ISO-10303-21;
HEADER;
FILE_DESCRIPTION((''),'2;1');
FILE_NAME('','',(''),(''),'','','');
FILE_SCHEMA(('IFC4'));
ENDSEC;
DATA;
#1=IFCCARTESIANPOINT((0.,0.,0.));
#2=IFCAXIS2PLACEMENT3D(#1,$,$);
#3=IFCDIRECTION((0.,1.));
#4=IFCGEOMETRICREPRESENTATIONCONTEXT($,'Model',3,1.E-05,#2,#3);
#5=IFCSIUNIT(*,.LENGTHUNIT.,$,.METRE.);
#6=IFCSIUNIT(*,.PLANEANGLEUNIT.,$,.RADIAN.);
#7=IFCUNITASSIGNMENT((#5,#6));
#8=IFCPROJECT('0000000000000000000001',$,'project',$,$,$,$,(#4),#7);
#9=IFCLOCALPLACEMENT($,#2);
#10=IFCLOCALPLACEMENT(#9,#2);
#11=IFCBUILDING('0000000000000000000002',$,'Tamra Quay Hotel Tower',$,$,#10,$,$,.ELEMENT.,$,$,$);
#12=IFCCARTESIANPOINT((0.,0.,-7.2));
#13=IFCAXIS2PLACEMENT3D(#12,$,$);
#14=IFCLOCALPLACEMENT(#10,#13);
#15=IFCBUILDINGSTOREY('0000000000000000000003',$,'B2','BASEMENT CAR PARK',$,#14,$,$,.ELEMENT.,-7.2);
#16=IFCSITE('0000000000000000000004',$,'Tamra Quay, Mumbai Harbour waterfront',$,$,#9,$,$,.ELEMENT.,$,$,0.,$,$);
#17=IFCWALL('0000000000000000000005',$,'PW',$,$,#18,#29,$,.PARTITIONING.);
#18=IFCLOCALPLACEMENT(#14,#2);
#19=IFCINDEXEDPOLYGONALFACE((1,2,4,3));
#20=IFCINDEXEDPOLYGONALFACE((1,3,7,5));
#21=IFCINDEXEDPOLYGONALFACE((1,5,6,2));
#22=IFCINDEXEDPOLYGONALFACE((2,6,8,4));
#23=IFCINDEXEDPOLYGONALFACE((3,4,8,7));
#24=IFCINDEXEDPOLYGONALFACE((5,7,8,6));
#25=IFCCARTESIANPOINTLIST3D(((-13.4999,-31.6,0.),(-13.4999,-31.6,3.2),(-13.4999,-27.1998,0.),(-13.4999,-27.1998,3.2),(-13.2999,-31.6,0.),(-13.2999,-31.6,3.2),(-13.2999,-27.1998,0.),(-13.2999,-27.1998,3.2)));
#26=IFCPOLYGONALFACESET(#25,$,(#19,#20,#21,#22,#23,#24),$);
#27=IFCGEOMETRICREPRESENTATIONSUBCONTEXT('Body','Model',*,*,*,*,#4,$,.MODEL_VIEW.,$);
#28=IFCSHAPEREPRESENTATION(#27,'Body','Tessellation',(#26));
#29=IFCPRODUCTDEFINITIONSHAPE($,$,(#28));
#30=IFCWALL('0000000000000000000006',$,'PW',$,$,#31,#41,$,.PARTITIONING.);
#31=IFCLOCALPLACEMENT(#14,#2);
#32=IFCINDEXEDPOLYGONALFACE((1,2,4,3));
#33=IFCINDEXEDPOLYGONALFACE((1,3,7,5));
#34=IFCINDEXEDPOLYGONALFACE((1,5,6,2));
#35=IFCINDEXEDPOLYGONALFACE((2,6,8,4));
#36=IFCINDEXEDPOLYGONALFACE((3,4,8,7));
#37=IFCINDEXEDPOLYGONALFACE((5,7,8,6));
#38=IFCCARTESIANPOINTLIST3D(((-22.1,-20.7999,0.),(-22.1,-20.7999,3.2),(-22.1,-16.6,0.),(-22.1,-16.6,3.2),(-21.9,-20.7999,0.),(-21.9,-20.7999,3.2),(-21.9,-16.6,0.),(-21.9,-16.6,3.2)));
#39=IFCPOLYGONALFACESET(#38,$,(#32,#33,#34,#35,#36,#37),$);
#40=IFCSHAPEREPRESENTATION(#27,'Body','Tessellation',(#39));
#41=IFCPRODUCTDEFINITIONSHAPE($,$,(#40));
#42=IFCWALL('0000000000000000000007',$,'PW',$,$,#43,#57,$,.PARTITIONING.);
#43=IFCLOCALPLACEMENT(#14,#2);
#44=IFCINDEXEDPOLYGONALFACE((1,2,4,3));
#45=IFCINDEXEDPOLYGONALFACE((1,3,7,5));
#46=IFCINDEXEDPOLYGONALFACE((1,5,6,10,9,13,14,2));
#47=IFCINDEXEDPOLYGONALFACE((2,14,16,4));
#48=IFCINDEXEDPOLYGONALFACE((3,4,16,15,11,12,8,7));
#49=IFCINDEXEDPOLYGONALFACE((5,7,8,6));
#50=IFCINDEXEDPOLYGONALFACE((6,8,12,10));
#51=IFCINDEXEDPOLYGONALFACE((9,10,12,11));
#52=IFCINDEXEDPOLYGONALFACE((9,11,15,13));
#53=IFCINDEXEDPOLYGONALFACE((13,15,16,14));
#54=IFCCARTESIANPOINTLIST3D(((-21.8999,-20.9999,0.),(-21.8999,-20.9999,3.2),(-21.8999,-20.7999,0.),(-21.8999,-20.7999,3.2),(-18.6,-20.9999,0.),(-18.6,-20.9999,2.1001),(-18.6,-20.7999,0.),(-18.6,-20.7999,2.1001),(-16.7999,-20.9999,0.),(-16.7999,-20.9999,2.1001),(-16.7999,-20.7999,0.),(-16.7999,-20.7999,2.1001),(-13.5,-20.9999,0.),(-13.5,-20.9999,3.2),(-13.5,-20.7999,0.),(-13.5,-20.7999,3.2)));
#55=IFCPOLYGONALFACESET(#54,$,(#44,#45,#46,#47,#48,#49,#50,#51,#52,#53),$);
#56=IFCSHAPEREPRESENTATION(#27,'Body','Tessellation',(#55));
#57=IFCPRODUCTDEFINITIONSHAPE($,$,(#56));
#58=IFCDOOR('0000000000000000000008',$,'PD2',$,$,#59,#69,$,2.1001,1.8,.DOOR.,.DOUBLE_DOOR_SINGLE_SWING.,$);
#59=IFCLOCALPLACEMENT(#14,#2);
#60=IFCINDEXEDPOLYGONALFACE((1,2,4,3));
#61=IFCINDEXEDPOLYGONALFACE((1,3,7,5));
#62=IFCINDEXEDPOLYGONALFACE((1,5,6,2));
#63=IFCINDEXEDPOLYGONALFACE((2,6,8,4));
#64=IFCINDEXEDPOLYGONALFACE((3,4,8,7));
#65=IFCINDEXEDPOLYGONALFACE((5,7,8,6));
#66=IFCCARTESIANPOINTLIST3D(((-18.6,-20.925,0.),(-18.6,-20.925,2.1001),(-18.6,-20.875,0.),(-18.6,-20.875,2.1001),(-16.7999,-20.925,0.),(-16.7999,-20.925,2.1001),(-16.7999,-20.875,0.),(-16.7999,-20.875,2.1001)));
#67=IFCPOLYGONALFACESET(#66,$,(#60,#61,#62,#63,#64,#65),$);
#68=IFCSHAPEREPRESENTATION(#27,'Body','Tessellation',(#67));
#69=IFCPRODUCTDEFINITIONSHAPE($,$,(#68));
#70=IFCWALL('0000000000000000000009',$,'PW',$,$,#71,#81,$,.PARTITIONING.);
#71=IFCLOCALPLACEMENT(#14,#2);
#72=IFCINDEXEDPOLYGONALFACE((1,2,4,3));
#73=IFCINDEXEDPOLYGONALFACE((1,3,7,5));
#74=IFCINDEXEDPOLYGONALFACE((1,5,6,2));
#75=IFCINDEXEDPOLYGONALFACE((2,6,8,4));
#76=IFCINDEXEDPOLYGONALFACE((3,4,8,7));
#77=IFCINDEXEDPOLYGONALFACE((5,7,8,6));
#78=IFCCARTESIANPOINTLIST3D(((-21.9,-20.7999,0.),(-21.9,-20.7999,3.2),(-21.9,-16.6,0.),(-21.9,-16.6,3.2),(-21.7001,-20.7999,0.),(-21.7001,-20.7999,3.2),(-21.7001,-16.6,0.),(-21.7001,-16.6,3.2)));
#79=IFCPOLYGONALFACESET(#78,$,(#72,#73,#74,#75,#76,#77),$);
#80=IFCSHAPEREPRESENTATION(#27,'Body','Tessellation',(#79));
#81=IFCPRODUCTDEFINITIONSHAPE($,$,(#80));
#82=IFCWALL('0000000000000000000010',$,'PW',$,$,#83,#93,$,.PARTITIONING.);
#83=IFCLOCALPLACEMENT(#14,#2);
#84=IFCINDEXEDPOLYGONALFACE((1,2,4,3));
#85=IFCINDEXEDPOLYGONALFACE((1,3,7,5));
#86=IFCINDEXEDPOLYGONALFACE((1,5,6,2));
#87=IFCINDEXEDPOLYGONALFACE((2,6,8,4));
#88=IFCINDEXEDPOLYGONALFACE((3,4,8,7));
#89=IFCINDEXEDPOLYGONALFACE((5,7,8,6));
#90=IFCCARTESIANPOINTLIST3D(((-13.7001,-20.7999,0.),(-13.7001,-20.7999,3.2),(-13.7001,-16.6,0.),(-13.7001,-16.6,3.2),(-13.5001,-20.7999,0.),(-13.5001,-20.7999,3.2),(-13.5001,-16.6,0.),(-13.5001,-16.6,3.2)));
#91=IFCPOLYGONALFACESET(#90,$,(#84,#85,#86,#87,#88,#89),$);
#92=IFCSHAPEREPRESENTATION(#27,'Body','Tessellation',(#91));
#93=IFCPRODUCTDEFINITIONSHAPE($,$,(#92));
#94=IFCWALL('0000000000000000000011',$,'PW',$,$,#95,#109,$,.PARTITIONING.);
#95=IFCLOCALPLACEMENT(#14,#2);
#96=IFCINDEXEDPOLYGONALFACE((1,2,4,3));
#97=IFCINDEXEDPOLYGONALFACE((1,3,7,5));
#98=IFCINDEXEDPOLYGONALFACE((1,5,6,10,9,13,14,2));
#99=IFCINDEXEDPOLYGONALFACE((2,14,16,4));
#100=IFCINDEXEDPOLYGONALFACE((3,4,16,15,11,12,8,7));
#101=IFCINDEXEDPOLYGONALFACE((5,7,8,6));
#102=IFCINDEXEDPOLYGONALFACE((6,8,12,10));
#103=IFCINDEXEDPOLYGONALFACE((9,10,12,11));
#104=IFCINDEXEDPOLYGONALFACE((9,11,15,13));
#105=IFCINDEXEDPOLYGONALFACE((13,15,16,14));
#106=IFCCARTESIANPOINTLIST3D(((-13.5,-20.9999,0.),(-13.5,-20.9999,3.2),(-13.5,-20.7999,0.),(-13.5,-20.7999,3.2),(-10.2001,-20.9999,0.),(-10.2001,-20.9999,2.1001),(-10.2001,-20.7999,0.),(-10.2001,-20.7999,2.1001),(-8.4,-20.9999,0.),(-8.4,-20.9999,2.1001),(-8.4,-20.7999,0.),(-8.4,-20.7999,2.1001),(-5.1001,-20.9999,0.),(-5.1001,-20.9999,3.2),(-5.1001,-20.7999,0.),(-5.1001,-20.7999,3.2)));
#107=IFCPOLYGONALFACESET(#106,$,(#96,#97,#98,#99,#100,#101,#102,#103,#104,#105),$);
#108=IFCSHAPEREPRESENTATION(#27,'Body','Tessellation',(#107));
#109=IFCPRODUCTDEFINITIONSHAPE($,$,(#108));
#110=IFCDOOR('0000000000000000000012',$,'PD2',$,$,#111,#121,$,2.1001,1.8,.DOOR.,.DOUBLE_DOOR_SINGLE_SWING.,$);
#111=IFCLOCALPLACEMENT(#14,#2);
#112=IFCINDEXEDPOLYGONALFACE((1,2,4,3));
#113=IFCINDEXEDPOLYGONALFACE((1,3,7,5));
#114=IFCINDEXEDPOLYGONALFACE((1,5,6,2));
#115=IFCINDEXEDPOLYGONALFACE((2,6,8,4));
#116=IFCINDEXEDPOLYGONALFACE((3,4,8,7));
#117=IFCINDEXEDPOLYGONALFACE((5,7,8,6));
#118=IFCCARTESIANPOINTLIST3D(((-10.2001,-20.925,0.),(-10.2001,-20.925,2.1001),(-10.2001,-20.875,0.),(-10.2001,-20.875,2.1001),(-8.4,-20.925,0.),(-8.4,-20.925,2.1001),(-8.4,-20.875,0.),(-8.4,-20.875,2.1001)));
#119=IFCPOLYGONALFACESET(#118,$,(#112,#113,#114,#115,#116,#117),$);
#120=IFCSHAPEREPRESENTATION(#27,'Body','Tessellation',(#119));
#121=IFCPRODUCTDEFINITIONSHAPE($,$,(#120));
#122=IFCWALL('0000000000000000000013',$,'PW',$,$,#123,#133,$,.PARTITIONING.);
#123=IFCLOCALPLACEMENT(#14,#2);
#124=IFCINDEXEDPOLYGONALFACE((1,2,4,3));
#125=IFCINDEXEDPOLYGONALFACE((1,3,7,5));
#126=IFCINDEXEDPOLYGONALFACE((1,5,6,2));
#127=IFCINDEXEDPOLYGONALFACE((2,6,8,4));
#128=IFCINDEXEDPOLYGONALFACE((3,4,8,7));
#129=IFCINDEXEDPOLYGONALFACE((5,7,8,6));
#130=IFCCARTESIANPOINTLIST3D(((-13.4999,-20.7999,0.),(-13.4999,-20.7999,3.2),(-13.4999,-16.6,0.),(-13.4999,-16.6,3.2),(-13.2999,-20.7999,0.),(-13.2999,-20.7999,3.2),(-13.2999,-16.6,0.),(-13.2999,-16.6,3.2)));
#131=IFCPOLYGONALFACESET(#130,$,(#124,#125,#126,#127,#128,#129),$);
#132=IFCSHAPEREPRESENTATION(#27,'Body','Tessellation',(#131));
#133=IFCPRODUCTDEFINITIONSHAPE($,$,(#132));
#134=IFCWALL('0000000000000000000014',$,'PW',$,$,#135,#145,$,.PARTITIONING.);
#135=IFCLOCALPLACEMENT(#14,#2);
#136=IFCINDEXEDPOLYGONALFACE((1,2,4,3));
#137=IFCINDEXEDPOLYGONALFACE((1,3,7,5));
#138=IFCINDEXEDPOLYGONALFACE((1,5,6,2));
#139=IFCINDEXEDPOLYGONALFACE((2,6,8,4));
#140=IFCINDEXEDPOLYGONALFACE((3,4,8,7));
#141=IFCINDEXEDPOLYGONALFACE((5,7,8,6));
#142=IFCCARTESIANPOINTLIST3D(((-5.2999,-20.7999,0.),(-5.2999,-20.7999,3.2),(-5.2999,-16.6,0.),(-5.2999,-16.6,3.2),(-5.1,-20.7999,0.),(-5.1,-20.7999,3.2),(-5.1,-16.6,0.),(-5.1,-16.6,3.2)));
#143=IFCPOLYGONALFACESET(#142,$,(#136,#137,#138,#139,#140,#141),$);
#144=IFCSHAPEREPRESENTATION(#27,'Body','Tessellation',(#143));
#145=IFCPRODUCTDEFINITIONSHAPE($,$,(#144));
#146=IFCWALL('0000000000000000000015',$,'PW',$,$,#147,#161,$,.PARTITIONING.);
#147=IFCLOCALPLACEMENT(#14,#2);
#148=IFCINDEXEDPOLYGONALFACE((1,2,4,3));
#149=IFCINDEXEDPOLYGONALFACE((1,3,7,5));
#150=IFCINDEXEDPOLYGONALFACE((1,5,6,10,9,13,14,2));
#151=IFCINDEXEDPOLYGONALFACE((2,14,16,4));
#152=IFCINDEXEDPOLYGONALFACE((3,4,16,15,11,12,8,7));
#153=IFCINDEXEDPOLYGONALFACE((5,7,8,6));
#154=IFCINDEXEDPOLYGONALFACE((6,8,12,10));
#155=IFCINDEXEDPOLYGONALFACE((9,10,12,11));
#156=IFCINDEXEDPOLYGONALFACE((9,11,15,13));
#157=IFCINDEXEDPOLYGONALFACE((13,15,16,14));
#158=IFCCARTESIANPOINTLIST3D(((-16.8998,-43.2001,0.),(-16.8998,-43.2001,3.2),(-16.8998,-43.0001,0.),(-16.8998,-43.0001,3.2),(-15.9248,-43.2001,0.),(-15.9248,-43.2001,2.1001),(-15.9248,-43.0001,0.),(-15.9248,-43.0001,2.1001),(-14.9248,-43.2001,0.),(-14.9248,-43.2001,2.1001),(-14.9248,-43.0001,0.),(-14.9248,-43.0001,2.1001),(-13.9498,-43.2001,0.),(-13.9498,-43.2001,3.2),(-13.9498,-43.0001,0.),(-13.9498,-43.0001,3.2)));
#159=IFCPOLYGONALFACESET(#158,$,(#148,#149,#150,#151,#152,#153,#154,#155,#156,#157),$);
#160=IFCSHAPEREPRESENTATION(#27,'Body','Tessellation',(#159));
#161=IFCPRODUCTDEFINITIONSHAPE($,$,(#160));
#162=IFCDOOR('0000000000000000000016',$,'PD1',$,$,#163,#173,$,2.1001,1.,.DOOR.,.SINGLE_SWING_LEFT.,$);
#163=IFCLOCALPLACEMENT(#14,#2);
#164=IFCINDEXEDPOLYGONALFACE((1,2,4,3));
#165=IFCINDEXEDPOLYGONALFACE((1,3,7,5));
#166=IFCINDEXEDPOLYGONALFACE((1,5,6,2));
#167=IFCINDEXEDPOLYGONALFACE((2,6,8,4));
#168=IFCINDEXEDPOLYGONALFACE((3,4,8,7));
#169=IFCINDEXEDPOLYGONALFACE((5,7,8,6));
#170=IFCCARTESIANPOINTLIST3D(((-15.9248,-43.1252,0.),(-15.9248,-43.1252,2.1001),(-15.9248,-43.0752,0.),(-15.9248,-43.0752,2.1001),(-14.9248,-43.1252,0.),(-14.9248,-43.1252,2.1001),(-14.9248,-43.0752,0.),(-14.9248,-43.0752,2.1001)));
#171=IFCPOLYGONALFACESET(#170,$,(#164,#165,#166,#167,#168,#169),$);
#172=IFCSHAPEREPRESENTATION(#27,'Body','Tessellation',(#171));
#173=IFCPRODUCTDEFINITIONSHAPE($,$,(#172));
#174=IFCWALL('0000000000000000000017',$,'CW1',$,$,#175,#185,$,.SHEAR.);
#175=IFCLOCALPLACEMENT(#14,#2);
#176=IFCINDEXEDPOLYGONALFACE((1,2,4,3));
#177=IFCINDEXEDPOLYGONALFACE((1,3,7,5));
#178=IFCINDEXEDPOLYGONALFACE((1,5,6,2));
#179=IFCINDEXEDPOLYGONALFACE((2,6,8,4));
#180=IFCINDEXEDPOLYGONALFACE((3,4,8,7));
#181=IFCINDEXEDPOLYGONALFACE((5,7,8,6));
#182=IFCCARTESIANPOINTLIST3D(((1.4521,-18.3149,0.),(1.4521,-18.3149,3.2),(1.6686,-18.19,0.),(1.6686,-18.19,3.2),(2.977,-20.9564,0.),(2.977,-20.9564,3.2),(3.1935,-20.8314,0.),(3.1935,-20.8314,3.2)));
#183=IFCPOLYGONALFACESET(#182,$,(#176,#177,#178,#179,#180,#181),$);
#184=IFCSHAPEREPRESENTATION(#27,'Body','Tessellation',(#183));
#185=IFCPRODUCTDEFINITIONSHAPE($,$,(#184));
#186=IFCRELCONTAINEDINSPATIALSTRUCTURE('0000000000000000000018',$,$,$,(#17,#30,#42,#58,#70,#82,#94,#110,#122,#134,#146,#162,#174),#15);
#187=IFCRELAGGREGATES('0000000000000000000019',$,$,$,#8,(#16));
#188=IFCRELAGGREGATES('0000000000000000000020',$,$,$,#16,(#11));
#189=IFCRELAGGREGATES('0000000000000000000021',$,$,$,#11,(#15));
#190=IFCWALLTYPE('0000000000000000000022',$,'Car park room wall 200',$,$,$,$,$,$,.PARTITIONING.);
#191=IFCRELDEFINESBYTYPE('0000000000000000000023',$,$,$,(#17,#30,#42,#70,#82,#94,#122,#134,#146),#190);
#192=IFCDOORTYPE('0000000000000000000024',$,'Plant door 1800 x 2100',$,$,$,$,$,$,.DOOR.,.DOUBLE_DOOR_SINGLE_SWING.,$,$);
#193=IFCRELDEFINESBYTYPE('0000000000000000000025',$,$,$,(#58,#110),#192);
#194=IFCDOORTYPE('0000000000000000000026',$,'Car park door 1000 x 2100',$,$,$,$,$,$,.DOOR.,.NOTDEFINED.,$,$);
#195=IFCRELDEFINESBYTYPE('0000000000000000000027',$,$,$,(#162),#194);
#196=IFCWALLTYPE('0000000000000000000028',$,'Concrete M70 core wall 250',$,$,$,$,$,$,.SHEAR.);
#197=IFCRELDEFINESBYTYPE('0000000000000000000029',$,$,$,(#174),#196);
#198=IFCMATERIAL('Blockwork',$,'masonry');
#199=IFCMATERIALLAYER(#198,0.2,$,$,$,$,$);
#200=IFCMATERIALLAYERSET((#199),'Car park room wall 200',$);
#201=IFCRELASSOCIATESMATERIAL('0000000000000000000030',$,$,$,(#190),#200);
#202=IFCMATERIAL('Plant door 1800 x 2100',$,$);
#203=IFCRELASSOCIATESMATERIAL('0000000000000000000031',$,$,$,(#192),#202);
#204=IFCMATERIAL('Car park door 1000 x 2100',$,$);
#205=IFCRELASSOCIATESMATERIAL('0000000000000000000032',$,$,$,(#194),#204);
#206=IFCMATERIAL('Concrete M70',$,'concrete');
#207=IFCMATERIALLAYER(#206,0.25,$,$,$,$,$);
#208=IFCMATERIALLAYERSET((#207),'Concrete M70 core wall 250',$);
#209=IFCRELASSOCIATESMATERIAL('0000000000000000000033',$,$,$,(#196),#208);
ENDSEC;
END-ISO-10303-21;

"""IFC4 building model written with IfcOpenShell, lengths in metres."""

from ifc_helpers import new_model, si_unit, direction, frame, frame_2d, origin, place, context, subcontext, project, spatial, rectangle, extrude, material, layer, layer_set, type_object, element, fill, save


model = new_model("IFC4")

# Units and contexts
model_context = context("Model", 3, precision=1e-05, world=origin(), true_north=direction((0.0, 1.0)))
body_context = subcontext(model_context, "Body", "Model", "MODEL_VIEW")
ifc_project = project(units=[si_unit("LENGTHUNIT", "METRE"), si_unit("PLANEANGLEUNIT", "RADIAN")], contexts=[model_context])

# Site, building, storey
site_placement = place(None, origin())
site = spatial("IfcSite", under=ifc_project, at=site_placement, Name="Tamra Quay, Mumbai Harbour waterfront", CompositionType="ELEMENT", RefElevation=0.0)
building_placement = place(site_placement, origin())
building = spatial("IfcBuilding", under=site, at=building_placement, Name="Tamra Quay Hotel Tower", CompositionType="ELEMENT")
storey_placement = place(building_placement, frame((0.0, 0.0, -7.2)))
storey = spatial("IfcBuildingStorey", under=building, at=storey_placement, Name="B2", Description="BASEMENT CAR PARK", CompositionType="ELEMENT", Elevation=-7.2)

# Shared definitions
ifc_material_1 = material(Name="Concrete M70", Category="concrete")

# Shared definitions
ifc_material_2 = material(Name="Blockwork", Category="masonry")
ifc_layer_1 = layer(ifc_material_2, 0.2)
ifc_layer_set_1 = layer_set([ifc_layer_1], Name="Car park room wall 200")
wall_type_1 = type_object("IfcWallType", Name="Car park room wall 200", PredefinedType="PARTITIONING", material=ifc_layer_set_1)

# Shared definitions
ifc_material_3 = material(Name="Plant door 1800 x 2100")
door_type_1 = type_object("IfcDoorType", Name="Plant door 1800 x 2100", OperationType="DOUBLE_DOOR_SINGLE_SWING", PredefinedType="DOOR", material=ifc_material_3)

# Walls
wall_1_placement = place(storey_placement, frame((-13.3999, -31.6001, 0.0), z_axis=(0.0, 0.0, 1.0), x_axis=(0.0, 1.0, 0.0)))
element("IfcWall", 1, at=wall_1_placement, inside=storey, type_object=wall_type_1, Name="PW", PredefinedType="PARTITIONING", context=body_context, shape_type="SweptSolid", body=[
    extrude(rectangle(XDim=4.4001, YDim=0.2, at=frame_2d((2.2002, 0.0))), origin(), (0.0, 0.0, 1.0), 3.2),
])
wall_2_placement = place(storey_placement, frame((-22.0, -20.8, 0.0), z_axis=(0.0, 0.0, 1.0), x_axis=(0.0, 1.0, 0.0)))
element("IfcWall", 2, at=wall_2_placement, inside=storey, type_object=wall_type_1, Name="PW", PredefinedType="PARTITIONING", context=body_context, shape_type="SweptSolid", body=[
    extrude(rectangle(XDim=4.2, YDim=0.2, at=frame_2d((2.1001, 0.0))), origin(), (0.0, 0.0, 1.0), 3.2),
])

# Wall, opening, door
wall_3_placement = place(storey_placement, frame((-21.8999, -20.8999, 0.0), z_axis=(0.0, 0.0, 1.0), x_axis=(1.0, 0.0, 0.0)))
wall_3 = element("IfcWall", 3, at=wall_3_placement, inside=storey, type_object=wall_type_1, Name="PW", PredefinedType="PARTITIONING", context=body_context, shape_type="SweptSolid", body=[
    extrude(rectangle(XDim=8.3999, YDim=0.2, at=frame_2d((4.2, 0.0))), origin(), (0.0, 0.0, 1.0), 3.2),
])
opening_1_placement = place(wall_3_placement, frame((3.3, 0.0, 0.0)))
opening_1 = element("IfcOpeningElement", 4, at=opening_1_placement, cuts=wall_3, PredefinedType="OPENING", context=body_context, shape_type="SweptSolid", body=[
    extrude(rectangle(XDim=1.8, YDim=2.1001, at=frame_2d((0.8999, 1.05))), frame((0.0, 0.1099, 0.0), z_axis=(0.0, -1.0, 0.0), x_axis=(1.0, 0.0, 0.0)), (0.0, 0.0, 1.0), 0.22),
])
door_1_placement = place(opening_1_placement, origin())
door_1 = element("IfcDoor", 5, at=door_1_placement, inside=storey, type_object=door_type_1, Name="PD2", OperationType="DOUBLE_DOOR_SINGLE_SWING", OverallHeight=2.1001, OverallWidth=1.8, PredefinedType="DOOR", context=body_context, shape_type="SweptSolid", body=[
    extrude(rectangle(XDim=1.8, YDim=2.1001, at=frame_2d((0.8999, 1.05))), frame((0.0, 0.0249, 0.0), z_axis=(0.0, -1.0, 0.0), x_axis=(1.0, 0.0, 0.0)), (0.0, 0.0, 1.0), 0.05),
])
fill(opening_1, door_1)

# Walls
for number, where, z_axis, x_axis, name in (
    (6, (-21.8, -20.8, 0.0), (0.0, 0.0, 1.0), (0.0, 1.0, 0.0), "PW"),
    (7, (-13.6001, -20.8, 0.0), (0.0, 0.0, 1.0), (0.0, 1.0, 0.0), "PW"),
):
    element("IfcWall", number, at=place(storey_placement, frame(where, z_axis=z_axis, x_axis=x_axis)), inside=storey, type_object=wall_type_1, Name=name, PredefinedType="PARTITIONING", context=body_context, shape_type="SweptSolid", body=[
        extrude(rectangle(XDim=4.2, YDim=0.2, at=frame_2d((2.1001, 0.0))), origin(), (0.0, 0.0, 1.0), 3.2),
    ])

# Wall, opening, door
wall_4_placement = place(storey_placement, frame((-13.5, -20.8999, 0.0), z_axis=(0.0, 0.0, 1.0), x_axis=(1.0, 0.0, 0.0)))
wall_4 = element("IfcWall", 8, at=wall_4_placement, inside=storey, type_object=wall_type_1, Name="PW", PredefinedType="PARTITIONING", context=body_context, shape_type="SweptSolid", body=[
    extrude(rectangle(XDim=8.3999, YDim=0.2, at=frame_2d((4.2, 0.0))), origin(), (0.0, 0.0, 1.0), 3.2),
])
opening_2_placement = place(wall_4_placement, frame((3.3, 0.0, 0.0)))
opening_2 = element("IfcOpeningElement", 9, at=opening_2_placement, cuts=wall_4, PredefinedType="OPENING", context=body_context, shape_type="SweptSolid", body=[
    extrude(rectangle(XDim=1.8, YDim=2.1001, at=frame_2d((0.8999, 1.05))), frame((0.0, 0.1099, 0.0), z_axis=(0.0, -1.0, 0.0), x_axis=(1.0, 0.0, 0.0)), (0.0, 0.0, 1.0), 0.22),
])
door_2_placement = place(opening_2_placement, origin())
door_2 = element("IfcDoor", 10, at=door_2_placement, inside=storey, type_object=door_type_1, Name="PD2", OperationType="DOUBLE_DOOR_SINGLE_SWING", OverallHeight=2.1001, OverallWidth=1.8, PredefinedType="DOOR", context=body_context, shape_type="SweptSolid", body=[
    extrude(rectangle(XDim=1.8, YDim=2.1001, at=frame_2d((0.8999, 1.05))), frame((0.0, 0.0249, 0.0), z_axis=(0.0, -1.0, 0.0), x_axis=(1.0, 0.0, 0.0)), (0.0, 0.0, 1.0), 0.05),
])
fill(opening_2, door_2)

# Walls
for number, where, z_axis, x_axis, name in (
    (11, (-13.3999, -20.8, 0.0), (0.0, 0.0, 1.0), (0.0, 1.0, 0.0), "PW"),
    (12, (-5.2, -20.8, 0.0), (0.0, 0.0, 1.0), (0.0, 1.0, 0.0), "PW"),
):
    element("IfcWall", number, at=place(storey_placement, frame(where, z_axis=z_axis, x_axis=x_axis)), inside=storey, type_object=wall_type_1, Name=name, PredefinedType="PARTITIONING", context=body_context, shape_type="SweptSolid", body=[
        extrude(rectangle(XDim=4.2, YDim=0.2, at=frame_2d((2.1001, 0.0))), origin(), (0.0, 0.0, 1.0), 3.2),
    ])

# Wall, opening, door
wall_5_placement = place(storey_placement, frame((-16.8999, -43.1001, 0.0), z_axis=(0.0, 0.0, 1.0), x_axis=(1.0, 0.0, 0.0)))
wall_5 = element("IfcWall", 13, at=wall_5_placement, inside=storey, type_object=wall_type_1, Name="PW", PredefinedType="PARTITIONING", context=body_context, shape_type="SweptSolid", body=[
    extrude(rectangle(XDim=2.95, YDim=0.2, at=frame_2d((1.4751, 0.0))), origin(), (0.0, 0.0, 1.0), 3.2),
])
opening_3_placement = place(wall_5_placement, frame((0.9751, 0.0, 0.0)))
opening_3 = element("IfcOpeningElement", 14, at=opening_3_placement, cuts=wall_5, PredefinedType="OPENING", context=body_context, shape_type="SweptSolid", body=[
    extrude(rectangle(XDim=1.0, YDim=2.1001, at=frame_2d((0.5, 1.05))), frame((0.0, 0.1099, 0.0), z_axis=(0.0, -1.0, 0.0), x_axis=(1.0, 0.0, 0.0)), (0.0, 0.0, 1.0), 0.22),
])
ifc_material_4 = material(Name="Car park door 1000 x 2100")
door_type_2 = type_object("IfcDoorType", Name="Car park door 1000 x 2100", OperationType="NOTDEFINED", PredefinedType="DOOR", material=ifc_material_4)
door_3_placement = place(opening_3_placement, origin())
door_3 = element("IfcDoor", 15, at=door_3_placement, inside=storey, type_object=door_type_2, Name="PD1", OperationType="SINGLE_SWING_LEFT", OverallHeight=2.1001, OverallWidth=1.0, PredefinedType="DOOR", context=body_context, shape_type="SweptSolid", body=[
    extrude(rectangle(XDim=1.0, YDim=2.1001, at=frame_2d((0.5, 1.05))), frame((0.0, 0.0249, 0.0), z_axis=(0.0, -1.0, 0.0), x_axis=(1.0, 0.0, 0.0)), (0.0, 0.0, 1.0), 0.05),
])
fill(opening_3, door_3)

# Wall
ifc_layer_2 = layer(ifc_material_1, 0.25)
ifc_layer_set_2 = layer_set([ifc_layer_2], Name="Concrete M70 core wall 250")
wall_type_2 = type_object("IfcWallType", Name="Concrete M70 core wall 250", PredefinedType="SHEAR", material=ifc_layer_set_2)
wall_6_placement = place(storey_placement, frame((3.0852, -20.8938, 0.0), z_axis=(0.0, 0.0, 1.0), x_axis=(-0.499979, 0.866038, 0.0)))
element("IfcWall", 16, at=wall_6_placement, inside=storey, type_object=wall_type_2, Name="CW1", PredefinedType="SHEAR", context=body_context, shape_type="SweptSolid", body=[
    extrude(rectangle(XDim=3.05, YDim=0.25, at=frame_2d((1.5249, 0.0))), origin(), (0.0, 0.0, 1.0), 3.2),
])

save(model, "model.ifc")
